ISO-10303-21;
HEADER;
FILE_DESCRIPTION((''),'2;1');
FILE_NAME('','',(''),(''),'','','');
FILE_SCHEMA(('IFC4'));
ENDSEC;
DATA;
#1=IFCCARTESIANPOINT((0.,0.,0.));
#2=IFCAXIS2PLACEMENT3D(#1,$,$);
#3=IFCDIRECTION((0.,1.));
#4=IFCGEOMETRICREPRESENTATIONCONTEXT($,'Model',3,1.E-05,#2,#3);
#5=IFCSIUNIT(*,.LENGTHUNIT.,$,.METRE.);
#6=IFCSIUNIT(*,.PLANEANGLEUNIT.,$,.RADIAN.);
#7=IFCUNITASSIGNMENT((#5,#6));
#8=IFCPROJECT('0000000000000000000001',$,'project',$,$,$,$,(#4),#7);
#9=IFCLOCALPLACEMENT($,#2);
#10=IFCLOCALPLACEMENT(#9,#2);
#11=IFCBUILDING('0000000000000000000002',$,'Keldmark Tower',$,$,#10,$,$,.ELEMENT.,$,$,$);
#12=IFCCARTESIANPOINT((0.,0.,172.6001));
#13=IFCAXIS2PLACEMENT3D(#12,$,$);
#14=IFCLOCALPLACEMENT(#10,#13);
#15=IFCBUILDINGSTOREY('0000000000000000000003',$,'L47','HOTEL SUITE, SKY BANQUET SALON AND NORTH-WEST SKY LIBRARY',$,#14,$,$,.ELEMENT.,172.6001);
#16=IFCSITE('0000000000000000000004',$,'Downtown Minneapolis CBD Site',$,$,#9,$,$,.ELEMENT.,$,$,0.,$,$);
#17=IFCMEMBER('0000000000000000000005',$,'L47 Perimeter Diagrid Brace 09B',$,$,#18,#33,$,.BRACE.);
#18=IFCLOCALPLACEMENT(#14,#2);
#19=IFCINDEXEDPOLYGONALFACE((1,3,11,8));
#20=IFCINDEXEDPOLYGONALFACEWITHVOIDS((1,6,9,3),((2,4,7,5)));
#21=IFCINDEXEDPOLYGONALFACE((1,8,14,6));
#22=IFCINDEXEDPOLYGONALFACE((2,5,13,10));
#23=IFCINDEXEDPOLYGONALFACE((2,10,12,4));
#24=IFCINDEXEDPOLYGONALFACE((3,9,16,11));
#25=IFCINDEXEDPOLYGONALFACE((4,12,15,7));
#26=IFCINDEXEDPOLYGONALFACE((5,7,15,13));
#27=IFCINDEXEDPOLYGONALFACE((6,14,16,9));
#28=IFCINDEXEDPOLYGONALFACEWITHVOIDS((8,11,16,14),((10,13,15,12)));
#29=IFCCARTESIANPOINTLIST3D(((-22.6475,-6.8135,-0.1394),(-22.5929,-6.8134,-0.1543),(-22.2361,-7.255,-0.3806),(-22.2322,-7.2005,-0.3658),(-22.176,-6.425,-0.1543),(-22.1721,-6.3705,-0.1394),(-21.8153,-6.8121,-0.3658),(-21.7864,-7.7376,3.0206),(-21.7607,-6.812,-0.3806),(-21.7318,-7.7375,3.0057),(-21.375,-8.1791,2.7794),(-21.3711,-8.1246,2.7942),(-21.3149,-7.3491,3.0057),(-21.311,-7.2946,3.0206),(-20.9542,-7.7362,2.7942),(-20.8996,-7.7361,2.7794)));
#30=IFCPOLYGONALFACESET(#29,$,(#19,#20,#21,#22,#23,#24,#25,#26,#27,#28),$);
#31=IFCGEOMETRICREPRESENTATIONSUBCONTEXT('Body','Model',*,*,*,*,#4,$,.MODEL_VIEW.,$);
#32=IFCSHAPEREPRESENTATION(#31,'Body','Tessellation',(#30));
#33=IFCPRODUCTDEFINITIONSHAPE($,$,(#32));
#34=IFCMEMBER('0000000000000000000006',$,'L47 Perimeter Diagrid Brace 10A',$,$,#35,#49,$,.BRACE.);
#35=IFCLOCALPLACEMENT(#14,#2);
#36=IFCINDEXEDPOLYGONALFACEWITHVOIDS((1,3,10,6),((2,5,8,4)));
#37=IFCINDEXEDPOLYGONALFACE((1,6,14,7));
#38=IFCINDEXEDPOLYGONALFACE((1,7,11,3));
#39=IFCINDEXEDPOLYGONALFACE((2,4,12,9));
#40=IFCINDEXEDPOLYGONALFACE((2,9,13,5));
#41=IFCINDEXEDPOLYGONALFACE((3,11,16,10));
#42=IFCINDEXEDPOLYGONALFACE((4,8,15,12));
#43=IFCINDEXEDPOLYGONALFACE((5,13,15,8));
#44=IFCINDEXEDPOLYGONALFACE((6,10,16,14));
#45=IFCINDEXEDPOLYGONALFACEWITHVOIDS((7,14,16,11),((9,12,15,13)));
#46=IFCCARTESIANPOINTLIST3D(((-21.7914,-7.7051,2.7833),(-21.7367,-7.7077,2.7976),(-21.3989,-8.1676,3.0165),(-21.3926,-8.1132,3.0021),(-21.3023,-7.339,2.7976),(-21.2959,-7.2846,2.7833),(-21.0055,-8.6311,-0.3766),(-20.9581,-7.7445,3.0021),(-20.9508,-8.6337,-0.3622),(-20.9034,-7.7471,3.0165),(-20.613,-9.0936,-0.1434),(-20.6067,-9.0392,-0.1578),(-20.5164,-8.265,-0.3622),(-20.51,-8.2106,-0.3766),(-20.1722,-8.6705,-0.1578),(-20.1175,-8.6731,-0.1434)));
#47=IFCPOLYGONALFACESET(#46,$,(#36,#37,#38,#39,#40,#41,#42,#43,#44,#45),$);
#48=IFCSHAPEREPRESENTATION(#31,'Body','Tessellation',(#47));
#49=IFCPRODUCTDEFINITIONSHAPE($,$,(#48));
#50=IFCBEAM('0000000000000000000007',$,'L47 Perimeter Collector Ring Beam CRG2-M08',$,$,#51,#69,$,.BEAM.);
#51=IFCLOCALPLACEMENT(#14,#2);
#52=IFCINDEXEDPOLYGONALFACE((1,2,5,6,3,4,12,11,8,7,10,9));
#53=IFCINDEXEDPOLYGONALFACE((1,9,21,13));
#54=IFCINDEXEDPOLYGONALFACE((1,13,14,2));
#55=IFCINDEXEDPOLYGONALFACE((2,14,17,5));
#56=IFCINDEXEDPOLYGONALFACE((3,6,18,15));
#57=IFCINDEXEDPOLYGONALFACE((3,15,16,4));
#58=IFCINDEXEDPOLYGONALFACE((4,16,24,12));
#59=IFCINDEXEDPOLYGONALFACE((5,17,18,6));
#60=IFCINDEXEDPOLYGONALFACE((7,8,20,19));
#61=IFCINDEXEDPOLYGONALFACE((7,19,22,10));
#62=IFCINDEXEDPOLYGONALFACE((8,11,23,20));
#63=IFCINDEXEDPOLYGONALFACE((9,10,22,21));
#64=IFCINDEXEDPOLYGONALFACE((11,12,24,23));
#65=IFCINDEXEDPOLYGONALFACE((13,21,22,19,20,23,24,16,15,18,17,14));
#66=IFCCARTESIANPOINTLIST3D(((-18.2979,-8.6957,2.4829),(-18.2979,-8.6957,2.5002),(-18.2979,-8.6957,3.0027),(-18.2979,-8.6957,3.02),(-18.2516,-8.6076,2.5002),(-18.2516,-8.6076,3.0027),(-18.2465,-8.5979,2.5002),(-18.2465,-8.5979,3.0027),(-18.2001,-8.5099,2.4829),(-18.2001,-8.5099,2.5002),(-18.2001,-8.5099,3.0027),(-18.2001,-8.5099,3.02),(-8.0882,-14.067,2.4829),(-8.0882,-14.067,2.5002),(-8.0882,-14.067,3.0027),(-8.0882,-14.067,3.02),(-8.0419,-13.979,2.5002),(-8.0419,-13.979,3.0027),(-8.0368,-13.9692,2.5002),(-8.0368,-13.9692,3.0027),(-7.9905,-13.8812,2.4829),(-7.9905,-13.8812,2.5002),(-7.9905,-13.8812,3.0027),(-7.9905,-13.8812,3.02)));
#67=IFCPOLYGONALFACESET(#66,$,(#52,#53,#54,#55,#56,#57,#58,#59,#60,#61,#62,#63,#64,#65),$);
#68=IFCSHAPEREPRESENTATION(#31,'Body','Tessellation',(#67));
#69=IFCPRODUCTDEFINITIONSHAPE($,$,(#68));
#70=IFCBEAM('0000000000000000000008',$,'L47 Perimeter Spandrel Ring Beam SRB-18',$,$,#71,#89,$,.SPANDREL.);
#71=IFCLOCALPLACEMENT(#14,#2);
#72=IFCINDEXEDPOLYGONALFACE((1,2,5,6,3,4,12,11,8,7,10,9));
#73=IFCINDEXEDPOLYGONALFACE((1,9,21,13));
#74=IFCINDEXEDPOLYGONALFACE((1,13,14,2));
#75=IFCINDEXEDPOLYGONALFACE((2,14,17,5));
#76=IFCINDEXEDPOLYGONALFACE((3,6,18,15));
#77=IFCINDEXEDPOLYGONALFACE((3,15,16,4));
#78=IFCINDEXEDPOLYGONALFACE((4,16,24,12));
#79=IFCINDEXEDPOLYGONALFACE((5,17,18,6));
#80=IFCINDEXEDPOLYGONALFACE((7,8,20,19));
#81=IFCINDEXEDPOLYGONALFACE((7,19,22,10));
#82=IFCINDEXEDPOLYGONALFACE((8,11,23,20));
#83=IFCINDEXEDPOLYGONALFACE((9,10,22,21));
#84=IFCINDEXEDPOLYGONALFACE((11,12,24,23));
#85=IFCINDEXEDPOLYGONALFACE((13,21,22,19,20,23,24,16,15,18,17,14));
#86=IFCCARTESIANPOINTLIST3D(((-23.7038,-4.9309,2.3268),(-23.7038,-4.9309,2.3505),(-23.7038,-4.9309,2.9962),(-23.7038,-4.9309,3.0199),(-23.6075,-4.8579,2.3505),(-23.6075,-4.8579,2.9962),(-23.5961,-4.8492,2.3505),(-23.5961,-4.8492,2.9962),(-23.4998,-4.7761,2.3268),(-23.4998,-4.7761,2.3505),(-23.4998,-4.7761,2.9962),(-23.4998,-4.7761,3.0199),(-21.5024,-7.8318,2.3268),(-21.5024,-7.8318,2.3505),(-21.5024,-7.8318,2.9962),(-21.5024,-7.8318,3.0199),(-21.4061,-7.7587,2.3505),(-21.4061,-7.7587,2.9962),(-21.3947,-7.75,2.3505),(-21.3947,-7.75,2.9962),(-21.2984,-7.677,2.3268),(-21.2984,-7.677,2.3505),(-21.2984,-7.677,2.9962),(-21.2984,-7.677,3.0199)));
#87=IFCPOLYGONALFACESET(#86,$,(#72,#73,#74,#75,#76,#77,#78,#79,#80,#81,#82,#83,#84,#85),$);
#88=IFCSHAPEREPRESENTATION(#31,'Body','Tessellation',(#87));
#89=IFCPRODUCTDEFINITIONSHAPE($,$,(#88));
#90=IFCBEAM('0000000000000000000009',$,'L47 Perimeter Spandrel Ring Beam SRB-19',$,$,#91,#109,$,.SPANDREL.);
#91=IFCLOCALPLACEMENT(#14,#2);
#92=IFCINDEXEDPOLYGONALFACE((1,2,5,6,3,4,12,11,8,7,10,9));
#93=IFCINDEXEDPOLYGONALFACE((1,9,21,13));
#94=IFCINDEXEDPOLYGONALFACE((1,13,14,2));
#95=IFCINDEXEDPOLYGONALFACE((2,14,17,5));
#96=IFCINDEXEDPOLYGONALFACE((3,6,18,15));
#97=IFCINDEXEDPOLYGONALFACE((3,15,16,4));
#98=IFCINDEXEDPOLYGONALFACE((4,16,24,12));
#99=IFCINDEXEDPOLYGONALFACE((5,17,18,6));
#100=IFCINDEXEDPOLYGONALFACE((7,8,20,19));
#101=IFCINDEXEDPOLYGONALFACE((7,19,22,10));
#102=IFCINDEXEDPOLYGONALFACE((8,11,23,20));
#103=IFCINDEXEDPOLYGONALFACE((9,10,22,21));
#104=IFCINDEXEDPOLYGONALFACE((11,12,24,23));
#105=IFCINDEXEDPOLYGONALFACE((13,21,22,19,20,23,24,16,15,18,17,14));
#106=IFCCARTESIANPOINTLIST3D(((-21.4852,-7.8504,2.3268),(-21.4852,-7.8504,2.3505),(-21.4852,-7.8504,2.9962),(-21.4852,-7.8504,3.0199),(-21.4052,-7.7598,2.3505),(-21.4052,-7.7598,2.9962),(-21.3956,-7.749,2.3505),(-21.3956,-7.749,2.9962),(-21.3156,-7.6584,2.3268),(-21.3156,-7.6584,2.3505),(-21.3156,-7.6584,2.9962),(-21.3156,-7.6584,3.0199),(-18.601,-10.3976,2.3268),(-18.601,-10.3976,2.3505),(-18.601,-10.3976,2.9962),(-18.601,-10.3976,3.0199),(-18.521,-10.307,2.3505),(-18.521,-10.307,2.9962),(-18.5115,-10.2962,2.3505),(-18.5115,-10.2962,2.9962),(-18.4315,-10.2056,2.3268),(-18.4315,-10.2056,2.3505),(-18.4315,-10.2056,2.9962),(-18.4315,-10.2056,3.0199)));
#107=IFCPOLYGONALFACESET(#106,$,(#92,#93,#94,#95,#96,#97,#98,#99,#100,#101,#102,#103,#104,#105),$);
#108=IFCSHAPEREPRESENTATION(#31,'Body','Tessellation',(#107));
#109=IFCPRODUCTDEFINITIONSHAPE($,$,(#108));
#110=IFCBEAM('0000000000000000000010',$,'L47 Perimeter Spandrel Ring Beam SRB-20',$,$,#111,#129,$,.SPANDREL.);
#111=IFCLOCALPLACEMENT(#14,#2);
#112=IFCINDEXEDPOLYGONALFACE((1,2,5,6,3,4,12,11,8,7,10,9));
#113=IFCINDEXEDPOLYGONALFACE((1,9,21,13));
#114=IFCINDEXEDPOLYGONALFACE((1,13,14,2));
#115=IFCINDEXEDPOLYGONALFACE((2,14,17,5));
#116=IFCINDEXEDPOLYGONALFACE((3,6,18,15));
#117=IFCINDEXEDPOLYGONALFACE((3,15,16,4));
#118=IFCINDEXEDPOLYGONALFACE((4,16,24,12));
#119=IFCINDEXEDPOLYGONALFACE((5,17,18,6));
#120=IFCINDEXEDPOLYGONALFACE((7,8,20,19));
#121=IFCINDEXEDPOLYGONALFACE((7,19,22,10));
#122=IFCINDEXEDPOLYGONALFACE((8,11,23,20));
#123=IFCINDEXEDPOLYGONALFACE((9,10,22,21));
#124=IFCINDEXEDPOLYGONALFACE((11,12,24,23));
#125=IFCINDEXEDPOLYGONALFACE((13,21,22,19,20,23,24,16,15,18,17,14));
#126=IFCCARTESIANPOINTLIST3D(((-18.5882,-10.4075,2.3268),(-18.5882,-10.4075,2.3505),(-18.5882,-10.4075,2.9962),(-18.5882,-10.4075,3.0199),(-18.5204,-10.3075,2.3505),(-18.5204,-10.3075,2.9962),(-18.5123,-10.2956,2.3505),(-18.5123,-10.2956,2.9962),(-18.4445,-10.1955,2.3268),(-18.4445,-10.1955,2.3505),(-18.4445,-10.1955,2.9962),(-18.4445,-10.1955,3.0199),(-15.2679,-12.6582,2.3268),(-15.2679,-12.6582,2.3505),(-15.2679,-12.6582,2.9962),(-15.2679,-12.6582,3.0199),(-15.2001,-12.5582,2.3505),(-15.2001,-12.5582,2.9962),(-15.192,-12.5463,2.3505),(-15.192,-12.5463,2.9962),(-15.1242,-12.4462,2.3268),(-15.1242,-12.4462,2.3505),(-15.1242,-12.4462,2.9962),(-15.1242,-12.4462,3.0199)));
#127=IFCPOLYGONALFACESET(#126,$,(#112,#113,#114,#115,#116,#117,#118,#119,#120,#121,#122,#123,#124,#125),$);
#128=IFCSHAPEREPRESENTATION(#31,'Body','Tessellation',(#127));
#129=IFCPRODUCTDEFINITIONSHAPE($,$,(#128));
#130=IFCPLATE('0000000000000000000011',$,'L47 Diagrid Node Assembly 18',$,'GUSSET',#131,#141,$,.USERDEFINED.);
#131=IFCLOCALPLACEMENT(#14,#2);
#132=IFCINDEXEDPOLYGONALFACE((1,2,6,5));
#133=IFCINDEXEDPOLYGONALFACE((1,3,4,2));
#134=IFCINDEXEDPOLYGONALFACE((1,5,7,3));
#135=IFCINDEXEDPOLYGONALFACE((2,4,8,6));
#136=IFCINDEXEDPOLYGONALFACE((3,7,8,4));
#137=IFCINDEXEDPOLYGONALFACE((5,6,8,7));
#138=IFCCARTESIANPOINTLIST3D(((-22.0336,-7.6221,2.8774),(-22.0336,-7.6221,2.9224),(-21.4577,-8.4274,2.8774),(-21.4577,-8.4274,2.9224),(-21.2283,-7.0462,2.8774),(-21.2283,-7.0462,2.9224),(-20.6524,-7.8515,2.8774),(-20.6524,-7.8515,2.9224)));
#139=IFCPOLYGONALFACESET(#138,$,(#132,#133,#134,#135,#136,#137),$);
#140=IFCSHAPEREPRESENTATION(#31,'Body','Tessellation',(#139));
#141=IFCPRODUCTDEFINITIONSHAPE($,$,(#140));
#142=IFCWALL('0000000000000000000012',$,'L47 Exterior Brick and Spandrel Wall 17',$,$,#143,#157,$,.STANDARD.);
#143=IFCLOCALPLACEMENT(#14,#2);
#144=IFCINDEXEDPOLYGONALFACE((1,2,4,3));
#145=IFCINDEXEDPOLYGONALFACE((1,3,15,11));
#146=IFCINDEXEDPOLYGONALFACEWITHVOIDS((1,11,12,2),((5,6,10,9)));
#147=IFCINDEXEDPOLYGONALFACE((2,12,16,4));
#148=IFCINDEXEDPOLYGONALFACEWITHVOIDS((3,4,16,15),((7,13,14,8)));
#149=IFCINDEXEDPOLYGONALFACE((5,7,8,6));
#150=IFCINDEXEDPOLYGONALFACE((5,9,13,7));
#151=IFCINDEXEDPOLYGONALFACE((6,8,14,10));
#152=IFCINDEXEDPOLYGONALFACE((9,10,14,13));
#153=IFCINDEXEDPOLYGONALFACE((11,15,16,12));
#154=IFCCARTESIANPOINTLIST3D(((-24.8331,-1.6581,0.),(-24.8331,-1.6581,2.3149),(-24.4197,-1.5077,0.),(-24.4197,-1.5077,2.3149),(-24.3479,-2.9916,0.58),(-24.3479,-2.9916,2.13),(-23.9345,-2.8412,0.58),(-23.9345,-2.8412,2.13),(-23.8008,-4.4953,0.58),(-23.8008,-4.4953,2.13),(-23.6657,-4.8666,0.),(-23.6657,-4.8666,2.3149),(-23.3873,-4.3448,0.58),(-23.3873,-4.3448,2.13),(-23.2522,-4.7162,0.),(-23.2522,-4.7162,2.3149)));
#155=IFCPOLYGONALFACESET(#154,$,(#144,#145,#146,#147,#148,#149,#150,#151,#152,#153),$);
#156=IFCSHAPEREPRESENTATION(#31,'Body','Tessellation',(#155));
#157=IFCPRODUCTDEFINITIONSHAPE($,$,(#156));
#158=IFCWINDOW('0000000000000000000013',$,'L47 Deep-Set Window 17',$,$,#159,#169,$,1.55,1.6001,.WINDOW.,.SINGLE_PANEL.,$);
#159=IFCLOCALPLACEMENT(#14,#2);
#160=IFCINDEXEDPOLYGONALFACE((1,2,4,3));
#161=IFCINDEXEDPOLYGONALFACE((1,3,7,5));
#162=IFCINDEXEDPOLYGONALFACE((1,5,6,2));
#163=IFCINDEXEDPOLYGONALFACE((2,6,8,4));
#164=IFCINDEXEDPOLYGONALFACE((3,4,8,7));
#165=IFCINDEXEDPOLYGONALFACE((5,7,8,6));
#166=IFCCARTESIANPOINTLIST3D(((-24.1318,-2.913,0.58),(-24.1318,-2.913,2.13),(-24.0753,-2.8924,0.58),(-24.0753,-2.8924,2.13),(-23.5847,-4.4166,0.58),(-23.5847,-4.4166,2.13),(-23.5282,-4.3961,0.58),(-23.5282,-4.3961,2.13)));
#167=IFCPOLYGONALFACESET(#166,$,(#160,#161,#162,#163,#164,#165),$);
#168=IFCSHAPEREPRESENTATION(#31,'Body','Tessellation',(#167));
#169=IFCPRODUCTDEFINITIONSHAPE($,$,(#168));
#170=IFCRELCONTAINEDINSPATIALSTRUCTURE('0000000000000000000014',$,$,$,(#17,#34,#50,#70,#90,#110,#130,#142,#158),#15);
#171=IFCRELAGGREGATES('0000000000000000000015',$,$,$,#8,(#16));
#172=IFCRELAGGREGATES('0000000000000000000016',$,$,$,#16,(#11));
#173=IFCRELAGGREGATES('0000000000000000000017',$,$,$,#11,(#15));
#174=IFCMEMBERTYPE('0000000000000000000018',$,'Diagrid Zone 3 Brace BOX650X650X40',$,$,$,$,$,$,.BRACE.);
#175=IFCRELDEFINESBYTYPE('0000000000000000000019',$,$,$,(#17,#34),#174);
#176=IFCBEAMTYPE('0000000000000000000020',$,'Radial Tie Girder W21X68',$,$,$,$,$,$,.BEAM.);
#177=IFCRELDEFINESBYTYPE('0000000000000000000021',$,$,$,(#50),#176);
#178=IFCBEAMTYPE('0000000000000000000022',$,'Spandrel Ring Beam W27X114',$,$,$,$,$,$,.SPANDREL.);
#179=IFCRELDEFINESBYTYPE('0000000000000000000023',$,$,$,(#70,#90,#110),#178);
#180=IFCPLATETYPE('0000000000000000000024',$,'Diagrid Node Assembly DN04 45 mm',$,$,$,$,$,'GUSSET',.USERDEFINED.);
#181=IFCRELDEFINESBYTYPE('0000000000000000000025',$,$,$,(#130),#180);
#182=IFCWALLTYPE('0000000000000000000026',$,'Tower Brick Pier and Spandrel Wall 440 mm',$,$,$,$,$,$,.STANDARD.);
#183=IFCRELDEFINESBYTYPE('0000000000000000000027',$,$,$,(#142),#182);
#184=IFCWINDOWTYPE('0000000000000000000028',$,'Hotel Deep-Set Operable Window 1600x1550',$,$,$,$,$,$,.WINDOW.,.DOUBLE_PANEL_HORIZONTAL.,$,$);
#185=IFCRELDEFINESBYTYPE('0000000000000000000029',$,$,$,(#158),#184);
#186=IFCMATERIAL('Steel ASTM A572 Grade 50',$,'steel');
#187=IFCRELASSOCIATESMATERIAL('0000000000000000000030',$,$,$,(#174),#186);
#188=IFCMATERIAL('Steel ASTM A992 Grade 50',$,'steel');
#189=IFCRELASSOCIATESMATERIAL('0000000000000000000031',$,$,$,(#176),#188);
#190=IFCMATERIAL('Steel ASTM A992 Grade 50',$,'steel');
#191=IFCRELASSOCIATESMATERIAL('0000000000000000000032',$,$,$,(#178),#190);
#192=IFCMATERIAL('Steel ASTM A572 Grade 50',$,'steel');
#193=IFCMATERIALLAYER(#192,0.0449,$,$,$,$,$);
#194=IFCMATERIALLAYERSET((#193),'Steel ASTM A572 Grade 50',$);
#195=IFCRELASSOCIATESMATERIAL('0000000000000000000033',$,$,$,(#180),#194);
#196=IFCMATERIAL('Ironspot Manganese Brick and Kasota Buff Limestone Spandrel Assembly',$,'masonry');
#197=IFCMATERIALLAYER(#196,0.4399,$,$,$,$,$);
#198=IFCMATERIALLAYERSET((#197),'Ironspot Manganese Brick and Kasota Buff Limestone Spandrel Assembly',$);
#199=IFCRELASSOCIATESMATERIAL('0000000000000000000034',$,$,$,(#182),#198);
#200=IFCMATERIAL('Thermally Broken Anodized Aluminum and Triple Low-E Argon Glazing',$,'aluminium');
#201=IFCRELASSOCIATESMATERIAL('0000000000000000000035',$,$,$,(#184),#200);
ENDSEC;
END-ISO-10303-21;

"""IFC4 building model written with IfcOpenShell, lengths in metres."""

from ifc_helpers import new_model, si_unit, direction, frame, frame_2d, origin, origin_2d, place, context, subcontext, project, spatial, rectangle, hollow_rectangle, i_section, extrude, material, layer, layer_set, material_profile, profile_set, type_object, element, fill, save


model = new_model("IFC4")

# Units and contexts
model_context = context("Model", 3, precision=1e-05, world=origin(), true_north=direction((0.0, 1.0)))
body_context = subcontext(model_context, "Body", "Model", "MODEL_VIEW")
ifc_project = project(units=[si_unit("LENGTHUNIT", "METRE"), si_unit("PLANEANGLEUNIT", "RADIAN")], contexts=[model_context])

# Site, building, storey
site_placement = place(None, origin())
site = spatial("IfcSite", under=ifc_project, at=site_placement, Name="Downtown Minneapolis CBD Site", CompositionType="ELEMENT", RefElevation=0.0)
building_placement = place(site_placement, origin())
building = spatial("IfcBuilding", under=site, at=building_placement, Name="Keldmark Tower", CompositionType="ELEMENT")
storey_placement = place(building_placement, frame((0.0, 0.0, 172.6001)))
storey = spatial("IfcBuildingStorey", under=building, at=storey_placement, Name="L47", Description="HOTEL SUITE, SKY BANQUET SALON AND NORTH-WEST SKY LIBRARY", CompositionType="ELEMENT", Elevation=172.6001)

# Members
ifc_material_1 = material(Name="Steel ASTM A572 Grade 50", Category="steel")
ifc_material_profile_1 = material_profile(ifc_material_1, hollow_rectangle(XDim=0.6499, YDim=0.6499, WallThickness=0.04, at=origin_2d()), Name="BOX650X650X40")
ifc_profile_set_1 = profile_set([ifc_material_profile_1], Name="Steel ASTM A572 Grade 50")
member_type = type_object("IfcMemberType", Name="Diagrid Zone 3 Brace BOX650X650X40", PredefinedType="BRACE", material=ifc_profile_set_1)
member_1_placement = place(storey_placement, frame((-22.2041, -6.8127, -0.26), z_axis=(0.253037, -0.271546, 0.928566), x_axis=(0.731601, 0.681733, 0.0)))
element("IfcMember", 1, at=member_1_placement, inside=storey, type_object=member_type, Name="L47 Perimeter Diagrid Brace 09B", PredefinedType="BRACE", context=body_context, shape_type="SweptSolid", body=[
    extrude(hollow_rectangle(XDim=0.6499, YDim=0.6499, WallThickness=0.04, at=origin_2d()), origin(), (0.0, 0.0, 1.0), 3.4031),
])
member_2_placement = place(storey_placement, frame((-20.5615, -8.6521, -0.26), z_axis=(-0.232148, 0.273544, 0.933424), x_axis=(-0.76244, -0.647059, 0.0)))
element("IfcMember", 2, at=member_2_placement, inside=storey, type_object=member_type, Name="L47 Perimeter Diagrid Brace 10A", PredefinedType="BRACE", context=body_context, shape_type="SweptSolid", body=[
    extrude(hollow_rectangle(XDim=0.6499, YDim=0.6499, WallThickness=0.04, at=origin_2d()), origin(), (0.0, 0.0, 1.0), 3.3853),
])

# Beams
ifc_material_2 = material(Name="Steel ASTM A992 Grade 50", Category="steel")
ifc_material_profile_2 = material_profile(ifc_material_2, i_section(OverallWidth=0.21, OverallDepth=0.5371, WebThickness=0.011, FlangeThickness=0.0173, at=origin_2d()), Name="W21X68")
ifc_profile_set_2 = profile_set([ifc_material_profile_2], Name="Steel ASTM A992 Grade 50")
beam_type_1 = type_object("IfcBeamType", Name="Radial Tie Girder W21X68", PredefinedType="BEAM", material=ifc_profile_set_2)
beam_1_placement = place(storey_placement, frame((-18.249, -8.6028, 2.7515), z_axis=(0.884997, -0.465597, 0.0), x_axis=(0.465597, 0.884997, 0.0)))
element("IfcBeam", 3, at=beam_1_placement, inside=storey, type_object=beam_type_1, Name="L47 Perimeter Collector Ring Beam CRG2-M08", PredefinedType="BEAM", context=body_context, shape_type="SweptSolid", body=[
    extrude(i_section(OverallWidth=0.21, OverallDepth=0.5371, WebThickness=0.011, FlangeThickness=0.0173, at=origin_2d()), origin(), (0.0, 0.0, 1.0), 11.5364),
])
ifc_material_3 = material(Name="Steel ASTM A992 Grade 50", Category="steel")
ifc_material_profile_3 = material_profile(ifc_material_3, i_section(OverallWidth=0.2561, OverallDepth=0.6931, WebThickness=0.0144, FlangeThickness=0.0237, at=origin_2d()), Name="W27X114")
ifc_profile_set_3 = profile_set([ifc_material_profile_3], Name="Steel ASTM A992 Grade 50")
beam_type_2 = type_object("IfcBeamType", Name="Spandrel Ring Beam W27X114", PredefinedType="SPANDREL", material=ifc_profile_set_3)
beam_2_placement = place(storey_placement, frame((-23.6018, -4.8535, 2.6733), z_axis=(0.604517, -0.796592, 0.0), x_axis=(0.796592, 0.604517, 0.0)))
element("IfcBeam", 4, at=beam_2_placement, inside=storey, type_object=beam_type_2, Name="L47 Perimeter Spandrel Ring Beam SRB-18", PredefinedType="SPANDREL", context=body_context, shape_type="SweptSolid", body=[
    extrude(i_section(OverallWidth=0.2561, OverallDepth=0.6931, WebThickness=0.0144, FlangeThickness=0.0237, at=origin_2d()), origin(), (0.0, 0.0, 1.0), 3.6416),
])
beam_3_placement = place(storey_placement, frame((-21.4004, -7.7544, 2.6733), z_axis=(0.74953, -0.66197, 0.0), x_axis=(0.66197, 0.74953, 0.0)))
element("IfcBeam", 5, at=beam_3_placement, inside=storey, type_object=beam_type_2, Name="L47 Perimeter Spandrel Ring Beam SRB-19", PredefinedType="SPANDREL", context=body_context, shape_type="SweptSolid", body=[
    extrude(i_section(OverallWidth=0.2561, OverallDepth=0.6931, WebThickness=0.0144, FlangeThickness=0.0237, at=origin_2d()), origin(), (0.0, 0.0, 1.0), 3.8479),
])
beam_4_placement = place(storey_placement, frame((-18.5164, -10.3015, 2.6733), z_axis=(0.827746, -0.561102, 0.0), x_axis=(0.561102, 0.827746, 0.0)))
element("IfcBeam", 6, at=beam_4_placement, inside=storey, type_object=beam_type_2, Name="L47 Perimeter Spandrel Ring Beam SRB-20", PredefinedType="SPANDREL", context=body_context, shape_type="SweptSolid", body=[
    extrude(i_section(OverallWidth=0.2561, OverallDepth=0.6931, WebThickness=0.0144, FlangeThickness=0.0237, at=origin_2d()), origin(), (0.0, 0.0, 1.0), 4.0112),
])

# Plate
ifc_material_4 = material(Name="Steel ASTM A572 Grade 50", Category="steel")
ifc_layer_1 = layer(ifc_material_4, 0.0449)
ifc_layer_set_1 = layer_set([ifc_layer_1], Name="Steel ASTM A572 Grade 50")
plate_type = type_object("IfcPlateType", Name="Diagrid Node Assembly DN04 45 mm", ElementType="GUSSET", PredefinedType="USERDEFINED", material=ifc_layer_set_1)
plate_placement = place(storey_placement, frame((-21.343, -7.7368, 2.8774), z_axis=(0.0, 0.0, 1.0), x_axis=(0.581697, -0.813405, 0.0)))
element("IfcPlate", 7, at=plate_placement, inside=storey, type_object=plate_type, Name="L47 Diagrid Node Assembly 18", ObjectType="GUSSET", PredefinedType="USERDEFINED", context=body_context, shape_type="SweptSolid", body=[
    extrude(rectangle(XDim=0.99, YDim=0.99, at=origin_2d()), origin(), (0.0, 0.0, 1.0), 0.0449),
])

# Wall, opening, window
ifc_material_5 = material(Name="Ironspot Manganese Brick and Kasota Buff Limestone Spandrel Assembly", Category="masonry")
ifc_layer_2 = layer(ifc_material_5, 0.4399)
ifc_layer_set_2 = layer_set([ifc_layer_2], Name="Ironspot Manganese Brick and Kasota Buff Limestone Spandrel Assembly")
wall_type_1 = type_object("IfcWallType", Name="Tower Brick Pier and Spandrel Wall 440 mm", PredefinedType="STANDARD", material=ifc_layer_set_2)
wall_1_placement = place(storey_placement, frame((-23.459, -4.7913, 0.0), z_axis=(0.0, 0.0, 1.0), x_axis=(-0.341938, 0.939722, 0.0)))
wall_1 = element("IfcWall", 8, at=wall_1_placement, inside=storey, type_object=wall_type_1, Name="L47 Exterior Brick and Spandrel Wall 17", PredefinedType="STANDARD", context=body_context, shape_type="SweptSolid", body=[
    extrude(rectangle(XDim=3.4143, YDim=0.4399, at=frame_2d((1.707, 0.0))), origin(), (0.0, 0.0, 1.0), 2.3149),
])
opening_1_placement = place(wall_1_placement, frame((0.395, 0.0, 0.5801)))
opening_1 = element("IfcOpeningElement", 9, at=opening_1_placement, cuts=wall_1, PredefinedType="OPENING", context=body_context, shape_type="SweptSolid", body=[
    extrude(rectangle(XDim=1.6001, YDim=1.55, at=frame_2d((0.8, 0.7749))), frame((0.0, 0.23, 0.0), z_axis=(0.0, -1.0, 0.0), x_axis=(1.0, 0.0, 0.0)), (0.0, 0.0, 1.0), 0.46),
])
ifc_material_6 = material(Name="Thermally Broken Anodized Aluminum and Triple Low-E Argon Glazing", Category="aluminium")
window_type = type_object("IfcWindowType", Name="Hotel Deep-Set Operable Window 1600x1550", PartitioningType="DOUBLE_PANEL_HORIZONTAL", PredefinedType="WINDOW", material=ifc_material_6)
window_1_placement = place(opening_1_placement, origin())
window_1 = element("IfcWindow", 10, at=window_1_placement, inside=storey, type_object=window_type, Name="L47 Deep-Set Window 17", OverallHeight=1.55, OverallWidth=1.6001, PartitioningType="SINGLE_PANEL", PredefinedType="WINDOW", context=body_context, shape_type="SweptSolid", body=[
    extrude(rectangle(XDim=1.6001, YDim=1.55, at=frame_2d((0.8, 0.7749))), frame((0.0, -0.01, 0.0), z_axis=(0.0, -1.0, 0.0), x_axis=(1.0, 0.0, 0.0)), (0.0, 0.0, 1.0), 0.0601),
])
fill(opening_1, window_1)

save(model, "model.ifc")
